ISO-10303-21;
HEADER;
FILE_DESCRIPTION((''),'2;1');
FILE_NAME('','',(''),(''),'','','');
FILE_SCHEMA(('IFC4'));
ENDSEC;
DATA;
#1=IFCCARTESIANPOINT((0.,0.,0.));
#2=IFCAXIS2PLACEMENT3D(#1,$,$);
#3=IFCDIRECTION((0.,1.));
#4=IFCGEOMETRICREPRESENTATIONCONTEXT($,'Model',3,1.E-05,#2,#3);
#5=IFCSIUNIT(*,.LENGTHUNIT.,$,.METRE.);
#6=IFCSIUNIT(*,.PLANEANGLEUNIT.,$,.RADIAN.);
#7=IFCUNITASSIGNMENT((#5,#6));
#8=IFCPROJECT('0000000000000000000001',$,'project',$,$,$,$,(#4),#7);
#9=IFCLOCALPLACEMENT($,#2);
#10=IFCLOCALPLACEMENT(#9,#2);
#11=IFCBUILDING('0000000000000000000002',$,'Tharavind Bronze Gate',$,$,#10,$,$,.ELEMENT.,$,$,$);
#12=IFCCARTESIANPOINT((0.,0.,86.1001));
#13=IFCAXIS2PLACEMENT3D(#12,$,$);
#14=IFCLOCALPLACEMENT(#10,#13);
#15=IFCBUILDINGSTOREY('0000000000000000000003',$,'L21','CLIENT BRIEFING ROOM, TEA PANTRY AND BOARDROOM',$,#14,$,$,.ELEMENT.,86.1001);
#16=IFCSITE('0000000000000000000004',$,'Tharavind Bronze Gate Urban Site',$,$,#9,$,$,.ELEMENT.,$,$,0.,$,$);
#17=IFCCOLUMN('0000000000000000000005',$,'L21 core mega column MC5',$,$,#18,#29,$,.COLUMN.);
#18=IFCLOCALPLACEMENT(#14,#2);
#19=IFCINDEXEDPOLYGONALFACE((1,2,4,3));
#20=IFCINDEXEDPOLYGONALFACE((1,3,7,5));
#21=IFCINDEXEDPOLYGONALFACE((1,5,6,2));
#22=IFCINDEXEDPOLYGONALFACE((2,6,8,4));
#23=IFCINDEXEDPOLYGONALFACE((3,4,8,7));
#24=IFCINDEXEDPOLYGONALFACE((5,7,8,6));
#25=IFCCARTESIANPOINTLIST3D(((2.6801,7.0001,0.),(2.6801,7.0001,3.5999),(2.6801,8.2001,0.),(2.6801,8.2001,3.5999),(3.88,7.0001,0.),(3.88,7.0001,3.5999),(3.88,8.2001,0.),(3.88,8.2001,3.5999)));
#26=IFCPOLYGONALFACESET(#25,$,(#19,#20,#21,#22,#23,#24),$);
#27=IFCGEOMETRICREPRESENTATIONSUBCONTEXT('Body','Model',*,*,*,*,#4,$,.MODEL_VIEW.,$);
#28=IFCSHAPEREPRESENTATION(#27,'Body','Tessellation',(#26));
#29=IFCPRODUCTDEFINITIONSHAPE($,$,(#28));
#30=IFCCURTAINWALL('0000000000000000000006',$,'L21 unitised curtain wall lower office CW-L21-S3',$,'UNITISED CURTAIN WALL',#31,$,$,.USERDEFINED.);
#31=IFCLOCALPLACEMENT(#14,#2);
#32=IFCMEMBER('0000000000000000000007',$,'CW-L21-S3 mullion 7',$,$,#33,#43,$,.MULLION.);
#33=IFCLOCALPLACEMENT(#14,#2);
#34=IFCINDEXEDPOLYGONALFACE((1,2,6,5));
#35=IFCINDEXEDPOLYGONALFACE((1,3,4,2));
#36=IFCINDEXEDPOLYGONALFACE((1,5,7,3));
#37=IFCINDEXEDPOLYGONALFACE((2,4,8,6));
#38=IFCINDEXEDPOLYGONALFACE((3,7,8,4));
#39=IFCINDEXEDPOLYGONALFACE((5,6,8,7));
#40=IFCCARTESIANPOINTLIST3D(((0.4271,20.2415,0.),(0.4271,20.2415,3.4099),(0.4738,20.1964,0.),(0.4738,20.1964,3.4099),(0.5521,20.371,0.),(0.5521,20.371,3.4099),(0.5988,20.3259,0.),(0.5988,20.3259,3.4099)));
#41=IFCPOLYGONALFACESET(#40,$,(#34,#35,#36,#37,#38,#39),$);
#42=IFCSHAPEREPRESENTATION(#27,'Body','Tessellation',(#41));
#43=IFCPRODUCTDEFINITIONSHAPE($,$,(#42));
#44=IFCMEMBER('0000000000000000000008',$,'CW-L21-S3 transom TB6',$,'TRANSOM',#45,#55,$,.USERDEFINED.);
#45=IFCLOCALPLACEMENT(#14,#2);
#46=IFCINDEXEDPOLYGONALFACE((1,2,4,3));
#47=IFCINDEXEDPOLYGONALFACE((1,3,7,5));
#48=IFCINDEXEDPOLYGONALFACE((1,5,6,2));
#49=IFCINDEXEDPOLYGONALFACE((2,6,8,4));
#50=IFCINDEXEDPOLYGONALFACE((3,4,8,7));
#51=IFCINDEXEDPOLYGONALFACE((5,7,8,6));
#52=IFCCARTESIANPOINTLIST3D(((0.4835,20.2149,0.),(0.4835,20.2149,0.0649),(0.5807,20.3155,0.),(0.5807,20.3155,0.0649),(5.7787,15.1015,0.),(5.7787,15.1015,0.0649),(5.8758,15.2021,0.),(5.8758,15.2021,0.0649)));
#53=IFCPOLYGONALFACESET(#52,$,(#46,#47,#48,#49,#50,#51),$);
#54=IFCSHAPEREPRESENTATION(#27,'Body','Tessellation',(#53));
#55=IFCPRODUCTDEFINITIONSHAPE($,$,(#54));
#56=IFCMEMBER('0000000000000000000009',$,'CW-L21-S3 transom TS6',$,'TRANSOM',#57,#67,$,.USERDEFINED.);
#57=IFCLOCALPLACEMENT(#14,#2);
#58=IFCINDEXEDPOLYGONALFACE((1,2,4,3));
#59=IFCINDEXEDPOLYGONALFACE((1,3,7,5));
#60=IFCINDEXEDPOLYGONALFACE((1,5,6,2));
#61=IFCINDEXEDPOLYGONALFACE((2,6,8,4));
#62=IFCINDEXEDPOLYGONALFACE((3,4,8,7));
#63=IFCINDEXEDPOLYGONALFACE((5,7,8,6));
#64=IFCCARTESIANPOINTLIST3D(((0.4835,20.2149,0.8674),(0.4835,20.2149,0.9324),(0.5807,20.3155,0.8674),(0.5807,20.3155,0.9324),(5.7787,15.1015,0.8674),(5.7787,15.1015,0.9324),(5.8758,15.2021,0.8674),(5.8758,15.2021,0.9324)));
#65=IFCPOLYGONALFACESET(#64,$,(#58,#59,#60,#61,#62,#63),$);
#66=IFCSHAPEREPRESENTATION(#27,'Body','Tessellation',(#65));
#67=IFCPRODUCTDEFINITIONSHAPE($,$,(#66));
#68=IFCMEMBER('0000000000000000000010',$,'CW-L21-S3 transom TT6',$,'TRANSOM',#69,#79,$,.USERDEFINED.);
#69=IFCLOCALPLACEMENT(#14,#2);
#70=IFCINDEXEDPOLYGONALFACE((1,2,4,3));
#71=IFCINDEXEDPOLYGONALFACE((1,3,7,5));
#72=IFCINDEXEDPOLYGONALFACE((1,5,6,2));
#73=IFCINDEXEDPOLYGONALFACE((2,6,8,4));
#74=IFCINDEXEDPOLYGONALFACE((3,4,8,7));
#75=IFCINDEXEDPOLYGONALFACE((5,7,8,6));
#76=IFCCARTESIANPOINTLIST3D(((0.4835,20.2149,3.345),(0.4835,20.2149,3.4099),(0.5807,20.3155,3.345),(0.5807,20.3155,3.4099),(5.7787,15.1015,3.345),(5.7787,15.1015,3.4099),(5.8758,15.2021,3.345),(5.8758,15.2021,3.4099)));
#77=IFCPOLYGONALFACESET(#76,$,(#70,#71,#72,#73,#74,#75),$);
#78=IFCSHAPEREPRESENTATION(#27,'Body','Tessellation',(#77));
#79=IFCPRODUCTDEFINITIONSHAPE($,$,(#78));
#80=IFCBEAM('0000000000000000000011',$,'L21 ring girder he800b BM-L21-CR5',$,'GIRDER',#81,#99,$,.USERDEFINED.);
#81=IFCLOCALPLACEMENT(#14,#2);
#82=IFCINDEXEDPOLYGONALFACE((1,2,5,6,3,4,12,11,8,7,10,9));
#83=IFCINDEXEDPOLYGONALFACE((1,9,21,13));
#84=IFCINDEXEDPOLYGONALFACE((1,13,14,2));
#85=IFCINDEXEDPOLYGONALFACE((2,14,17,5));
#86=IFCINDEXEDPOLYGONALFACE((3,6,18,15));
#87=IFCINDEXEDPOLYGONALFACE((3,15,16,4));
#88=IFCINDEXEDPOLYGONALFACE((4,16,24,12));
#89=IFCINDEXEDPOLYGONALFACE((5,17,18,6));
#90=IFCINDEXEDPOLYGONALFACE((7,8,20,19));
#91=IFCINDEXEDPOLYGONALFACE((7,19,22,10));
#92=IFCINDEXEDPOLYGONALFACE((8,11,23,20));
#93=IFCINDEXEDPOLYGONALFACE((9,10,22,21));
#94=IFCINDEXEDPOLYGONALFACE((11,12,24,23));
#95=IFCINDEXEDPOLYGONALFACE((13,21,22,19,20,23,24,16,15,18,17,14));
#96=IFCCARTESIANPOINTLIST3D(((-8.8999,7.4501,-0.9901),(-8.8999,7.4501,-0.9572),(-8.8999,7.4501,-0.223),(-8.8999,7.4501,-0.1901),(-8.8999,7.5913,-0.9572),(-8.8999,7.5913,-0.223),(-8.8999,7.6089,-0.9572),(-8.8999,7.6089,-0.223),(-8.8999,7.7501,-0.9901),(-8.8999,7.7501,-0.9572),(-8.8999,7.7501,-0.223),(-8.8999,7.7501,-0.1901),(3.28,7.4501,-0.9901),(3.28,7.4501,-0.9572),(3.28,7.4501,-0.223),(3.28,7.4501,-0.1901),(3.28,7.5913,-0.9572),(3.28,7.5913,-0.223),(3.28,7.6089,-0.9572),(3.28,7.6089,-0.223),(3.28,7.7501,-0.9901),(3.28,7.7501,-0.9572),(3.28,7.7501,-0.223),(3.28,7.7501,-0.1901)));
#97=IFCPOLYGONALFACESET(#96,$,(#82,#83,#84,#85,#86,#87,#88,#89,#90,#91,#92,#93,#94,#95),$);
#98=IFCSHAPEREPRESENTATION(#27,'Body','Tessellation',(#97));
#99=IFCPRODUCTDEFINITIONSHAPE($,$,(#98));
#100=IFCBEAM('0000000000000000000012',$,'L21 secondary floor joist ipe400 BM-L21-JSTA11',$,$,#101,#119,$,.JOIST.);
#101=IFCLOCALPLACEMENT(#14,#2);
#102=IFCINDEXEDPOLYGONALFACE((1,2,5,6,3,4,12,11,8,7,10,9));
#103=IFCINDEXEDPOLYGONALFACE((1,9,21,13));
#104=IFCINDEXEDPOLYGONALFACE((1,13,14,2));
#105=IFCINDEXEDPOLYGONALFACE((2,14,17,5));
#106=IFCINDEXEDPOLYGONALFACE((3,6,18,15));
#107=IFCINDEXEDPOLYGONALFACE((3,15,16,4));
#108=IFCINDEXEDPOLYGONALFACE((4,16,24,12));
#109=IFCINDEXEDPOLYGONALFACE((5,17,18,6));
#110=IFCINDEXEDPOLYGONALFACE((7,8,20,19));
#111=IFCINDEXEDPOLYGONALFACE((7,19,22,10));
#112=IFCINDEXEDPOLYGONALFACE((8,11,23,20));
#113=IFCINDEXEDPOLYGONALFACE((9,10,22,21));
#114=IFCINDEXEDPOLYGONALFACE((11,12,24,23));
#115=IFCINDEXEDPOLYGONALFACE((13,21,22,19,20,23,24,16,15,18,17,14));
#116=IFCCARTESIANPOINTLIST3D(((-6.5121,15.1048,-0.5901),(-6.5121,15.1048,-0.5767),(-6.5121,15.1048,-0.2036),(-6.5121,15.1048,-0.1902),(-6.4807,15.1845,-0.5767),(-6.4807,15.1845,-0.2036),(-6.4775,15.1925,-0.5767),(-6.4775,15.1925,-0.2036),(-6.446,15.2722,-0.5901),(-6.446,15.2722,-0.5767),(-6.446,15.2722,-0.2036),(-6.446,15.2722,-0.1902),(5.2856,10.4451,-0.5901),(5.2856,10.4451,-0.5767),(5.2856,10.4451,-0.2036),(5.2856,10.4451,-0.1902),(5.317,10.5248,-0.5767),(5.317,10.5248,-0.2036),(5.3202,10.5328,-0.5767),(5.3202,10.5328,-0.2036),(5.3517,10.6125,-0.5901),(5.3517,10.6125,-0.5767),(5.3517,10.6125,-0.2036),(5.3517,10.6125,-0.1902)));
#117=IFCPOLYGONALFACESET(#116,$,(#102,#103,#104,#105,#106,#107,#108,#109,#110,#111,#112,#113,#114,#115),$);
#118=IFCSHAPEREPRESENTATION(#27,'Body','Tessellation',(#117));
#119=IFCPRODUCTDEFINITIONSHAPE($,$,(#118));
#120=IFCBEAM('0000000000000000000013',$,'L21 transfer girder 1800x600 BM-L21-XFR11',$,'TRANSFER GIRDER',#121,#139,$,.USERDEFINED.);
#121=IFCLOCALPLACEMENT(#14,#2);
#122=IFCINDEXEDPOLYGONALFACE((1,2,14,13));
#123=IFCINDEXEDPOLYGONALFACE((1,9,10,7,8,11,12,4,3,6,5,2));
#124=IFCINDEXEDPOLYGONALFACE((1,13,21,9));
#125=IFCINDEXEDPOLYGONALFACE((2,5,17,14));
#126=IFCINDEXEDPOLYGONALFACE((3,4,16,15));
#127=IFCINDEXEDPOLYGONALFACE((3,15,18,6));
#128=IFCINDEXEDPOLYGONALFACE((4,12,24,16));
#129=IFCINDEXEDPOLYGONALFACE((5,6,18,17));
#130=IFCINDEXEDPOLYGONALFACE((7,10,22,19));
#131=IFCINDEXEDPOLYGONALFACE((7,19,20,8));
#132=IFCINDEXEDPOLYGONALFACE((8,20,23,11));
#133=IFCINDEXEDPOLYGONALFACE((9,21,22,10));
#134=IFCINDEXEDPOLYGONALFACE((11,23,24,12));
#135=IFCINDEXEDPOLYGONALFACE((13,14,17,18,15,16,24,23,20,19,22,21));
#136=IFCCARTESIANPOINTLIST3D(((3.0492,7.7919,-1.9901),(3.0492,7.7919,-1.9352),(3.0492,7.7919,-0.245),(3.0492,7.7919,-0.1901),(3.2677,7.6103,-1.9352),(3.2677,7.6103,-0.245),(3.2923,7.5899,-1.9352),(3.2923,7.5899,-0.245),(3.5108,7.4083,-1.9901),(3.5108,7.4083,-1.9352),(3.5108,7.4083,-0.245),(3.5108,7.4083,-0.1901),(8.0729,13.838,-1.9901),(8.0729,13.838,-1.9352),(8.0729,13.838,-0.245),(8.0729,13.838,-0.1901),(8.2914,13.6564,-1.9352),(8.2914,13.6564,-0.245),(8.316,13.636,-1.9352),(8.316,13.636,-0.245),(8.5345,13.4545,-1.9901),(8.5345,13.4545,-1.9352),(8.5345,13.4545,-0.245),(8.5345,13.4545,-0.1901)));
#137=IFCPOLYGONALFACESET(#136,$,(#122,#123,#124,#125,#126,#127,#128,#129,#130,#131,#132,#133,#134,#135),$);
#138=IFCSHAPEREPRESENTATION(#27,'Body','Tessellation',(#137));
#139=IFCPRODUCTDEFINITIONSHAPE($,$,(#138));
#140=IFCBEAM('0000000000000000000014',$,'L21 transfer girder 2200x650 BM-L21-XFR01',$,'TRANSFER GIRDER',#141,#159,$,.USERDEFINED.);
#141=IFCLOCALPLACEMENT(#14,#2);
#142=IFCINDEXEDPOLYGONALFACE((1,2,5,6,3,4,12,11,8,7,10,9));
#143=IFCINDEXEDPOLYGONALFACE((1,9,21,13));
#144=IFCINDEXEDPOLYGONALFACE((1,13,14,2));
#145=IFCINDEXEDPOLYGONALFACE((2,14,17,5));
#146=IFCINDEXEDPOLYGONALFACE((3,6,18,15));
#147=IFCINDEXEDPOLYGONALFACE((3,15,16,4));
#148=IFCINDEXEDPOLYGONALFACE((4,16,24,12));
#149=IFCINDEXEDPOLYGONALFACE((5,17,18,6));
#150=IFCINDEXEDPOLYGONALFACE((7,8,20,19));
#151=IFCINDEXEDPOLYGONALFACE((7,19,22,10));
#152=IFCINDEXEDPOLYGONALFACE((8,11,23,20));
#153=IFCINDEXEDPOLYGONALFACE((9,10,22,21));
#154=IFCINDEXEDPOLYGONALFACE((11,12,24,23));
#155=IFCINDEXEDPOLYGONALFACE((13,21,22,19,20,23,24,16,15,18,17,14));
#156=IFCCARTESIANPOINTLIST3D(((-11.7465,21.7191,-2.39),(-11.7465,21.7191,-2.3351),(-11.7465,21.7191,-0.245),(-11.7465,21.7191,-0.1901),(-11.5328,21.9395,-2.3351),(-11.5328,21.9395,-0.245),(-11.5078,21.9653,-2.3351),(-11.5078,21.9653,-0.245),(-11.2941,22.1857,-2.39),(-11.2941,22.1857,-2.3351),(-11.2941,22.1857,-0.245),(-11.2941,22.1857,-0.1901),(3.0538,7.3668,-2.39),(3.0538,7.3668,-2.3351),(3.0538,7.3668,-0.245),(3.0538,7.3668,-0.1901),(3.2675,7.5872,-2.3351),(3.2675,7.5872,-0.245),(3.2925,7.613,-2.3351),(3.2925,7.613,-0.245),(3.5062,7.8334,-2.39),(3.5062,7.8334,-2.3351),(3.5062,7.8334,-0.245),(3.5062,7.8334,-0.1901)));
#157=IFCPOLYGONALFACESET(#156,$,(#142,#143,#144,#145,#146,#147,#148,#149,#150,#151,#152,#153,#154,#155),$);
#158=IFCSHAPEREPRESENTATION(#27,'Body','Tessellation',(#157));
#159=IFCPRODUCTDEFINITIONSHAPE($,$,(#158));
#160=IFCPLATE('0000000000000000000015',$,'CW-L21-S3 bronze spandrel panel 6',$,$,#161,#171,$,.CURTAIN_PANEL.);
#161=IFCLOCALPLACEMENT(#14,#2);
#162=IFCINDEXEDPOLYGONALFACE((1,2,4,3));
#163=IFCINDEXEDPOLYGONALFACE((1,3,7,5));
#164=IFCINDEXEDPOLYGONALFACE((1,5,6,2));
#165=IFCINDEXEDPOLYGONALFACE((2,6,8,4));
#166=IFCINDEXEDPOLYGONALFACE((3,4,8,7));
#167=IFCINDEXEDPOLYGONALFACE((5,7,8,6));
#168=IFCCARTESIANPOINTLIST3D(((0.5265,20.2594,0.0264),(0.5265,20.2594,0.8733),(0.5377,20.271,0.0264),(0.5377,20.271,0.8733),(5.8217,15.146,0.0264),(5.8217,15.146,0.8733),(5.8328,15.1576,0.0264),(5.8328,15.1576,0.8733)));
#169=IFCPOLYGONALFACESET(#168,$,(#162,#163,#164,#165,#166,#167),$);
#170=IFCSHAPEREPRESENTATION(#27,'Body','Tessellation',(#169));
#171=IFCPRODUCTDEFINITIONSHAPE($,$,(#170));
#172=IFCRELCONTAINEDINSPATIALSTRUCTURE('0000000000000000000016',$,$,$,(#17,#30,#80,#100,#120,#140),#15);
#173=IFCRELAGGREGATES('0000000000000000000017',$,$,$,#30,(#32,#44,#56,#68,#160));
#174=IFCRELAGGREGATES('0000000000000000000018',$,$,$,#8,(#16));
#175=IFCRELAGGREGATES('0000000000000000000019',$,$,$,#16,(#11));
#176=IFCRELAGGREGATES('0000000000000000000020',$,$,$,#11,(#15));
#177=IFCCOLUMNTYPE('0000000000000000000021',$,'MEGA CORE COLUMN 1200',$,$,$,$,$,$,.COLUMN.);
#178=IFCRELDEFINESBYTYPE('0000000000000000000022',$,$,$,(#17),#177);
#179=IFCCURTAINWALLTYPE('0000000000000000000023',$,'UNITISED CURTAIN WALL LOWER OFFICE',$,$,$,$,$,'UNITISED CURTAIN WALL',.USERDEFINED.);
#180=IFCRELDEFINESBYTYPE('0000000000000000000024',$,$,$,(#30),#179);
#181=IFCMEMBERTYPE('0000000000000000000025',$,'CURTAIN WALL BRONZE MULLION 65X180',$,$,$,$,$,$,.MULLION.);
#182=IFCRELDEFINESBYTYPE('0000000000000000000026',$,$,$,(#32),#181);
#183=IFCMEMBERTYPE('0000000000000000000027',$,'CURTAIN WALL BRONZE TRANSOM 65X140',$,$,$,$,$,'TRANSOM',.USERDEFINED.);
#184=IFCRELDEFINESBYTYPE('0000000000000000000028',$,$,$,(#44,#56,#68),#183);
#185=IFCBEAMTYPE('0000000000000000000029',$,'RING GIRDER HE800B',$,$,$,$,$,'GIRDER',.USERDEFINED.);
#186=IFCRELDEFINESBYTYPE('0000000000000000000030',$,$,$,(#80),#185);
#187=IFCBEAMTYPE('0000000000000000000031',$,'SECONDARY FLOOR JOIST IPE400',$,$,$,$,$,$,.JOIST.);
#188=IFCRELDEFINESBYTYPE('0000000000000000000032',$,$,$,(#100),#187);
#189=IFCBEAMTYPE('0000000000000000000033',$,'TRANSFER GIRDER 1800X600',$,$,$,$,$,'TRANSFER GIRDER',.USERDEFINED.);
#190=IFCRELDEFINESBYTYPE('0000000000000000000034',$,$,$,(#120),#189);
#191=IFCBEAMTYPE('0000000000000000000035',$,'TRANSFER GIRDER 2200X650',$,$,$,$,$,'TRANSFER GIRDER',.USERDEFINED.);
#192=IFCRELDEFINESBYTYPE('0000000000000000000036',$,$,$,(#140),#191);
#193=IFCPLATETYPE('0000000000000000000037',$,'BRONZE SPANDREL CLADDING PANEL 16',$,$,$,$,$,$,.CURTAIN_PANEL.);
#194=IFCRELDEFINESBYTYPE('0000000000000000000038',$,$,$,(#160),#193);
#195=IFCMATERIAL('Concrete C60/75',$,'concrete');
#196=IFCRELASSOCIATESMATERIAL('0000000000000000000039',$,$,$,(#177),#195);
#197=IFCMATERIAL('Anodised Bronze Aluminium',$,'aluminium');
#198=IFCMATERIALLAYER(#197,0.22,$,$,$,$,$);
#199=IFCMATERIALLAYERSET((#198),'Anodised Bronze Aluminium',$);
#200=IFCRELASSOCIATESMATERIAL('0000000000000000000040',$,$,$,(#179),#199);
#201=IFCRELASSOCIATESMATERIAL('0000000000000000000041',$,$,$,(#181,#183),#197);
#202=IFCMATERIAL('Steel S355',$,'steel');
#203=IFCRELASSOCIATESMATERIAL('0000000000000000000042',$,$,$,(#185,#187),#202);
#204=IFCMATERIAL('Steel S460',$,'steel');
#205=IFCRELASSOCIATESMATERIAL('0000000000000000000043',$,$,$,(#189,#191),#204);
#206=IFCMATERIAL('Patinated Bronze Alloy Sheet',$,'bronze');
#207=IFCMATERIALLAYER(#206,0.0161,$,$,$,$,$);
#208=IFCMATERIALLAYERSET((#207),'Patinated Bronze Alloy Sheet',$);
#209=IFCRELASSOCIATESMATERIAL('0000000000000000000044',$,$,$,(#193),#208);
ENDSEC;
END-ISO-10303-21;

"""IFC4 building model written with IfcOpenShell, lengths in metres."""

from ifc_helpers import new_model, si_unit, direction, frame, origin, origin_2d, place, context, subcontext, project, spatial, rectangle, i_section, extrude, material, layer, layer_set, material_profile, profile_set, type_object, element, aggregate, save


model = new_model("IFC4")

# Units and contexts
model_context = context("Model", 3, precision=1e-05, world=origin(), true_north=direction((0.0, 1.0)))
body_context = subcontext(model_context, "Body", "Model", "MODEL_VIEW")
ifc_project = project(units=[si_unit("LENGTHUNIT", "METRE"), si_unit("PLANEANGLEUNIT", "RADIAN")], contexts=[model_context])

# Site, building, storey
site_placement = place(None, origin())
site = spatial("IfcSite", under=ifc_project, at=site_placement, Name="Tharavind Bronze Gate Urban Site", CompositionType="ELEMENT", RefElevation=0.0)
building_placement = place(site_placement, origin())
building = spatial("IfcBuilding", under=site, at=building_placement, Name="Tharavind Bronze Gate", CompositionType="ELEMENT")
storey_placement = place(building_placement, frame((0.0, 0.0, 86.1001)))
storey = spatial("IfcBuildingStorey", under=building, at=storey_placement, Name="L21", Description="CLIENT BRIEFING ROOM, TEA PANTRY AND BOARDROOM", CompositionType="ELEMENT", Elevation=86.1001)

# Column
ifc_material_1 = material(Name="Concrete C60/75", Category="concrete")
ifc_material_profile_1 = material_profile(ifc_material_1, rectangle(XDim=1.2, YDim=1.2, at=origin_2d()), Name="RCCOL1200")
ifc_profile_set_1 = profile_set([ifc_material_profile_1], Name="Concrete C60/75")
column_type = type_object("IfcColumnType", Name="MEGA CORE COLUMN 1200", PredefinedType="COLUMN", material=ifc_profile_set_1)
column_placement = place(storey_placement, frame((3.28, 7.6001, 0.0), z_axis=(0.0, 0.0, 1.0), x_axis=(1.0, 0.0, 0.0)))
element("IfcColumn", 1, at=column_placement, inside=storey, type_object=column_type, Name="L21 core mega column MC5", PredefinedType="COLUMN", context=body_context, shape_type="SweptSolid", body=[
    extrude(rectangle(XDim=1.2, YDim=1.2, at=origin_2d()), origin(), (0.0, 0.0, 1.0), 3.5999),
])

# Curtain wall, members
ifc_material_2 = material(Name="Anodised Bronze Aluminium", Category="aluminium")
ifc_layer_1 = layer(ifc_material_2, 0.22)
ifc_layer_set_1 = layer_set([ifc_layer_1], Name="Anodised Bronze Aluminium")
curtain_wall_type = type_object("IfcCurtainWallType", Name="UNITISED CURTAIN WALL LOWER OFFICE", ElementType="UNITISED CURTAIN WALL", PredefinedType="USERDEFINED", material=ifc_layer_set_1)
curtain_wall_placement = place(storey_placement, origin())
curtain_wall = element("IfcCurtainWall", 2, at=curtain_wall_placement, inside=storey, type_object=curtain_wall_type, Name="L21 unitised curtain wall lower office CW-L21-S3", ObjectType="UNITISED CURTAIN WALL", PredefinedType="USERDEFINED")
member_type_1 = type_object("IfcMemberType", Name="CURTAIN WALL BRONZE MULLION 65X180", PredefinedType="MULLION", material=ifc_material_2)
member_1_placement = place(storey_placement, frame((0.5129, 20.2837, 0.0), z_axis=(0.0, 0.0, 1.0), x_axis=(-0.719341, 0.694657, 0.0)))
member_1 = element("IfcMember", 3, at=member_1_placement, type_object=member_type_1, Name="CW-L21-S3 mullion 7", PredefinedType="MULLION", context=body_context, shape_type="SweptSolid", body=[
    extrude(rectangle(XDim=0.0649, YDim=0.1799, at=origin_2d()), origin(), (0.0, 0.0, 1.0), 3.4099),
])
member_type_2 = type_object("IfcMemberType", Name="CURTAIN WALL BRONZE TRANSOM 65X140", ElementType="TRANSOM", PredefinedType="USERDEFINED", material=ifc_material_2)
member_2_placement = place(storey_placement, frame((3.1797, 17.7085, 0.0), z_axis=(0.0, 0.0, 1.0), x_axis=(-0.719341, 0.694657, 0.0)))
member_2 = element("IfcMember", 4, at=member_2_placement, type_object=member_type_2, Name="CW-L21-S3 transom TB6", ObjectType="TRANSOM", PredefinedType="USERDEFINED", context=body_context, shape_type="SweptSolid", body=[
    extrude(rectangle(XDim=7.3611, YDim=0.1399, at=origin_2d()), origin(), (0.0, 0.0, 1.0), 0.0649),
])
member_3_placement = place(storey_placement, frame((3.1797, 17.7085, 0.8674), z_axis=(0.0, 0.0, 1.0), x_axis=(-0.719341, 0.694657, 0.0)))
member_3 = element("IfcMember", 5, at=member_3_placement, type_object=member_type_2, Name="CW-L21-S3 transom TS6", ObjectType="TRANSOM", PredefinedType="USERDEFINED", context=body_context, shape_type="SweptSolid", body=[
    extrude(rectangle(XDim=7.3611, YDim=0.1399, at=origin_2d()), origin(), (0.0, 0.0, 1.0), 0.0649),
])
member_4_placement = place(storey_placement, frame((3.1797, 17.7085, 3.345), z_axis=(0.0, 0.0, 1.0), x_axis=(-0.719341, 0.694657, 0.0)))
member_4 = element("IfcMember", 6, at=member_4_placement, type_object=member_type_2, Name="CW-L21-S3 transom TT6", ObjectType="TRANSOM", PredefinedType="USERDEFINED", context=body_context, shape_type="SweptSolid", body=[
    extrude(rectangle(XDim=7.3611, YDim=0.1399, at=origin_2d()), origin(), (0.0, 0.0, 1.0), 0.0649),
])

# Beams
ifc_material_3 = material(Name="Steel S355", Category="steel")
ifc_material_profile_2 = material_profile(ifc_material_3, i_section(OverallWidth=0.3, OverallDepth=0.8, WebThickness=0.0176, FlangeThickness=0.033, at=origin_2d()), Name="HE800B")
ifc_profile_set_2 = profile_set([ifc_material_profile_2], Name="Steel S355")
beam_type_1 = type_object("IfcBeamType", Name="RING GIRDER HE800B", ElementType="GIRDER", PredefinedType="USERDEFINED", material=ifc_profile_set_2)
beam_1_placement = place(storey_placement, frame((3.28, 7.6001, -0.5901), z_axis=(-1.0, 0.0, 0.0), x_axis=(0.0, -1.0, 0.0)))
element("IfcBeam", 7, at=beam_1_placement, inside=storey, type_object=beam_type_1, Name="L21 ring girder he800b BM-L21-CR5", ObjectType="GIRDER", PredefinedType="USERDEFINED", context=body_context, shape_type="SweptSolid", body=[
    extrude(i_section(OverallWidth=0.3, OverallDepth=0.8, WebThickness=0.0176, FlangeThickness=0.033, at=origin_2d()), origin(), (0.0, 0.0, 1.0), 12.1799),
])
ifc_material_profile_3 = material_profile(ifc_material_3, i_section(OverallWidth=0.1799, OverallDepth=0.3999, WebThickness=0.0085, FlangeThickness=0.0134, at=origin_2d()), Name="IPE400")
ifc_profile_set_3 = profile_set([ifc_material_profile_3], Name="Steel S355")
beam_type_2 = type_object("IfcBeamType", Name="SECONDARY FLOOR JOIST IPE400", PredefinedType="JOIST", material=ifc_profile_set_3)
beam_2_placement = place(storey_placement, frame((5.3186, 10.5288, -0.3901), z_axis=(-0.930082, 0.367352, 0.0), x_axis=(-0.367352, -0.930082, 0.0)))
element("IfcBeam", 8, at=beam_2_placement, inside=storey, type_object=beam_type_2, Name="L21 secondary floor joist ipe400 BM-L21-JSTA11", PredefinedType="JOIST", context=body_context, shape_type="SweptSolid", body=[
    extrude(i_section(OverallWidth=0.1799, OverallDepth=0.3999, WebThickness=0.0085, FlangeThickness=0.0134, at=origin_2d()), origin(), (0.0, 0.0, 1.0), 12.6846),
])
ifc_material_4 = material(Name="Steel S460", Category="steel")
ifc_material_profile_4 = material_profile(ifc_material_4, i_section(OverallWidth=0.6001, OverallDepth=1.8, WebThickness=0.032, FlangeThickness=0.0549, at=origin_2d()), Name="PG1800X600")
ifc_profile_set_4 = profile_set([ifc_material_profile_4], Name="Steel S460")
beam_type_3 = type_object("IfcBeamType", Name="TRANSFER GIRDER 1800X600", ElementType="TRANSFER GIRDER", PredefinedType="USERDEFINED", material=ifc_profile_set_4)
beam_3_placement = place(storey_placement, frame((3.28, 7.6001, -1.0901), z_axis=(0.639075, 0.769145, 0.0), x_axis=(-0.769145, 0.639075, 0.0)))
element("IfcBeam", 9, at=beam_3_placement, inside=storey, type_object=beam_type_3, Name="L21 transfer girder 1800x600 BM-L21-XFR11", ObjectType="TRANSFER GIRDER", PredefinedType="USERDEFINED", context=body_context, shape_type="SweptSolid", body=[
    extrude(i_section(OverallWidth=0.6001, OverallDepth=1.8, WebThickness=0.032, FlangeThickness=0.0549, at=origin_2d()), origin(), (0.0, 0.0, 1.0), 7.8608),
])
ifc_material_profile_5 = material_profile(ifc_material_4, i_section(OverallWidth=0.6499, OverallDepth=2.2, WebThickness=0.0359, FlangeThickness=0.0549, at=origin_2d()), Name="PG2200X650")
ifc_profile_set_5 = profile_set([ifc_material_profile_5], Name="Steel S460")
beam_type_4 = type_object("IfcBeamType", Name="TRANSFER GIRDER 2200X650", ElementType="TRANSFER GIRDER", PredefinedType="USERDEFINED", material=ifc_profile_set_5)
beam_4_placement = place(storey_placement, frame((3.28, 7.6001, -1.29), z_axis=(-0.717888, 0.696158, 0.0), x_axis=(-0.696158, -0.717888, 0.0)))
element("IfcBeam", 10, at=beam_4_placement, inside=storey, type_object=beam_type_4, Name="L21 transfer girder 2200x650 BM-L21-XFR01", ObjectType="TRANSFER GIRDER", PredefinedType="USERDEFINED", context=body_context, shape_type="SweptSolid", body=[
    extrude(i_section(OverallWidth=0.6499, OverallDepth=2.2, WebThickness=0.0359, FlangeThickness=0.0549, at=origin_2d()), origin(), (0.0, 0.0, 1.0), 20.6165),
])

# Plate
ifc_material_5 = material(Name="Patinated Bronze Alloy Sheet", Category="bronze")
ifc_layer_2 = layer(ifc_material_5, 0.0161)
ifc_layer_set_2 = layer_set([ifc_layer_2], Name="Patinated Bronze Alloy Sheet")
plate_type_1 = type_object("IfcPlateType", Name="BRONZE SPANDREL CLADDING PANEL 16", PredefinedType="CURTAIN_PANEL", material=ifc_layer_set_2)
plate_1_placement = place(storey_placement, frame((3.1797, 17.7085, 0.0264), z_axis=(0.0, 0.0, 1.0), x_axis=(-0.719341, 0.694657, 0.0)))
plate_1 = element("IfcPlate", 11, at=plate_1_placement, type_object=plate_type_1, Name="CW-L21-S3 bronze spandrel panel 6", PredefinedType="CURTAIN_PANEL", context=body_context, shape_type="SweptSolid", body=[
    extrude(rectangle(XDim=7.3611, YDim=0.0161, at=origin_2d()), origin(), (0.0, 0.0, 1.0), 0.8469),
])
aggregate(curtain_wall, [member_1, member_2, member_3, member_4, plate_1])

save(model, "model.ifc")
